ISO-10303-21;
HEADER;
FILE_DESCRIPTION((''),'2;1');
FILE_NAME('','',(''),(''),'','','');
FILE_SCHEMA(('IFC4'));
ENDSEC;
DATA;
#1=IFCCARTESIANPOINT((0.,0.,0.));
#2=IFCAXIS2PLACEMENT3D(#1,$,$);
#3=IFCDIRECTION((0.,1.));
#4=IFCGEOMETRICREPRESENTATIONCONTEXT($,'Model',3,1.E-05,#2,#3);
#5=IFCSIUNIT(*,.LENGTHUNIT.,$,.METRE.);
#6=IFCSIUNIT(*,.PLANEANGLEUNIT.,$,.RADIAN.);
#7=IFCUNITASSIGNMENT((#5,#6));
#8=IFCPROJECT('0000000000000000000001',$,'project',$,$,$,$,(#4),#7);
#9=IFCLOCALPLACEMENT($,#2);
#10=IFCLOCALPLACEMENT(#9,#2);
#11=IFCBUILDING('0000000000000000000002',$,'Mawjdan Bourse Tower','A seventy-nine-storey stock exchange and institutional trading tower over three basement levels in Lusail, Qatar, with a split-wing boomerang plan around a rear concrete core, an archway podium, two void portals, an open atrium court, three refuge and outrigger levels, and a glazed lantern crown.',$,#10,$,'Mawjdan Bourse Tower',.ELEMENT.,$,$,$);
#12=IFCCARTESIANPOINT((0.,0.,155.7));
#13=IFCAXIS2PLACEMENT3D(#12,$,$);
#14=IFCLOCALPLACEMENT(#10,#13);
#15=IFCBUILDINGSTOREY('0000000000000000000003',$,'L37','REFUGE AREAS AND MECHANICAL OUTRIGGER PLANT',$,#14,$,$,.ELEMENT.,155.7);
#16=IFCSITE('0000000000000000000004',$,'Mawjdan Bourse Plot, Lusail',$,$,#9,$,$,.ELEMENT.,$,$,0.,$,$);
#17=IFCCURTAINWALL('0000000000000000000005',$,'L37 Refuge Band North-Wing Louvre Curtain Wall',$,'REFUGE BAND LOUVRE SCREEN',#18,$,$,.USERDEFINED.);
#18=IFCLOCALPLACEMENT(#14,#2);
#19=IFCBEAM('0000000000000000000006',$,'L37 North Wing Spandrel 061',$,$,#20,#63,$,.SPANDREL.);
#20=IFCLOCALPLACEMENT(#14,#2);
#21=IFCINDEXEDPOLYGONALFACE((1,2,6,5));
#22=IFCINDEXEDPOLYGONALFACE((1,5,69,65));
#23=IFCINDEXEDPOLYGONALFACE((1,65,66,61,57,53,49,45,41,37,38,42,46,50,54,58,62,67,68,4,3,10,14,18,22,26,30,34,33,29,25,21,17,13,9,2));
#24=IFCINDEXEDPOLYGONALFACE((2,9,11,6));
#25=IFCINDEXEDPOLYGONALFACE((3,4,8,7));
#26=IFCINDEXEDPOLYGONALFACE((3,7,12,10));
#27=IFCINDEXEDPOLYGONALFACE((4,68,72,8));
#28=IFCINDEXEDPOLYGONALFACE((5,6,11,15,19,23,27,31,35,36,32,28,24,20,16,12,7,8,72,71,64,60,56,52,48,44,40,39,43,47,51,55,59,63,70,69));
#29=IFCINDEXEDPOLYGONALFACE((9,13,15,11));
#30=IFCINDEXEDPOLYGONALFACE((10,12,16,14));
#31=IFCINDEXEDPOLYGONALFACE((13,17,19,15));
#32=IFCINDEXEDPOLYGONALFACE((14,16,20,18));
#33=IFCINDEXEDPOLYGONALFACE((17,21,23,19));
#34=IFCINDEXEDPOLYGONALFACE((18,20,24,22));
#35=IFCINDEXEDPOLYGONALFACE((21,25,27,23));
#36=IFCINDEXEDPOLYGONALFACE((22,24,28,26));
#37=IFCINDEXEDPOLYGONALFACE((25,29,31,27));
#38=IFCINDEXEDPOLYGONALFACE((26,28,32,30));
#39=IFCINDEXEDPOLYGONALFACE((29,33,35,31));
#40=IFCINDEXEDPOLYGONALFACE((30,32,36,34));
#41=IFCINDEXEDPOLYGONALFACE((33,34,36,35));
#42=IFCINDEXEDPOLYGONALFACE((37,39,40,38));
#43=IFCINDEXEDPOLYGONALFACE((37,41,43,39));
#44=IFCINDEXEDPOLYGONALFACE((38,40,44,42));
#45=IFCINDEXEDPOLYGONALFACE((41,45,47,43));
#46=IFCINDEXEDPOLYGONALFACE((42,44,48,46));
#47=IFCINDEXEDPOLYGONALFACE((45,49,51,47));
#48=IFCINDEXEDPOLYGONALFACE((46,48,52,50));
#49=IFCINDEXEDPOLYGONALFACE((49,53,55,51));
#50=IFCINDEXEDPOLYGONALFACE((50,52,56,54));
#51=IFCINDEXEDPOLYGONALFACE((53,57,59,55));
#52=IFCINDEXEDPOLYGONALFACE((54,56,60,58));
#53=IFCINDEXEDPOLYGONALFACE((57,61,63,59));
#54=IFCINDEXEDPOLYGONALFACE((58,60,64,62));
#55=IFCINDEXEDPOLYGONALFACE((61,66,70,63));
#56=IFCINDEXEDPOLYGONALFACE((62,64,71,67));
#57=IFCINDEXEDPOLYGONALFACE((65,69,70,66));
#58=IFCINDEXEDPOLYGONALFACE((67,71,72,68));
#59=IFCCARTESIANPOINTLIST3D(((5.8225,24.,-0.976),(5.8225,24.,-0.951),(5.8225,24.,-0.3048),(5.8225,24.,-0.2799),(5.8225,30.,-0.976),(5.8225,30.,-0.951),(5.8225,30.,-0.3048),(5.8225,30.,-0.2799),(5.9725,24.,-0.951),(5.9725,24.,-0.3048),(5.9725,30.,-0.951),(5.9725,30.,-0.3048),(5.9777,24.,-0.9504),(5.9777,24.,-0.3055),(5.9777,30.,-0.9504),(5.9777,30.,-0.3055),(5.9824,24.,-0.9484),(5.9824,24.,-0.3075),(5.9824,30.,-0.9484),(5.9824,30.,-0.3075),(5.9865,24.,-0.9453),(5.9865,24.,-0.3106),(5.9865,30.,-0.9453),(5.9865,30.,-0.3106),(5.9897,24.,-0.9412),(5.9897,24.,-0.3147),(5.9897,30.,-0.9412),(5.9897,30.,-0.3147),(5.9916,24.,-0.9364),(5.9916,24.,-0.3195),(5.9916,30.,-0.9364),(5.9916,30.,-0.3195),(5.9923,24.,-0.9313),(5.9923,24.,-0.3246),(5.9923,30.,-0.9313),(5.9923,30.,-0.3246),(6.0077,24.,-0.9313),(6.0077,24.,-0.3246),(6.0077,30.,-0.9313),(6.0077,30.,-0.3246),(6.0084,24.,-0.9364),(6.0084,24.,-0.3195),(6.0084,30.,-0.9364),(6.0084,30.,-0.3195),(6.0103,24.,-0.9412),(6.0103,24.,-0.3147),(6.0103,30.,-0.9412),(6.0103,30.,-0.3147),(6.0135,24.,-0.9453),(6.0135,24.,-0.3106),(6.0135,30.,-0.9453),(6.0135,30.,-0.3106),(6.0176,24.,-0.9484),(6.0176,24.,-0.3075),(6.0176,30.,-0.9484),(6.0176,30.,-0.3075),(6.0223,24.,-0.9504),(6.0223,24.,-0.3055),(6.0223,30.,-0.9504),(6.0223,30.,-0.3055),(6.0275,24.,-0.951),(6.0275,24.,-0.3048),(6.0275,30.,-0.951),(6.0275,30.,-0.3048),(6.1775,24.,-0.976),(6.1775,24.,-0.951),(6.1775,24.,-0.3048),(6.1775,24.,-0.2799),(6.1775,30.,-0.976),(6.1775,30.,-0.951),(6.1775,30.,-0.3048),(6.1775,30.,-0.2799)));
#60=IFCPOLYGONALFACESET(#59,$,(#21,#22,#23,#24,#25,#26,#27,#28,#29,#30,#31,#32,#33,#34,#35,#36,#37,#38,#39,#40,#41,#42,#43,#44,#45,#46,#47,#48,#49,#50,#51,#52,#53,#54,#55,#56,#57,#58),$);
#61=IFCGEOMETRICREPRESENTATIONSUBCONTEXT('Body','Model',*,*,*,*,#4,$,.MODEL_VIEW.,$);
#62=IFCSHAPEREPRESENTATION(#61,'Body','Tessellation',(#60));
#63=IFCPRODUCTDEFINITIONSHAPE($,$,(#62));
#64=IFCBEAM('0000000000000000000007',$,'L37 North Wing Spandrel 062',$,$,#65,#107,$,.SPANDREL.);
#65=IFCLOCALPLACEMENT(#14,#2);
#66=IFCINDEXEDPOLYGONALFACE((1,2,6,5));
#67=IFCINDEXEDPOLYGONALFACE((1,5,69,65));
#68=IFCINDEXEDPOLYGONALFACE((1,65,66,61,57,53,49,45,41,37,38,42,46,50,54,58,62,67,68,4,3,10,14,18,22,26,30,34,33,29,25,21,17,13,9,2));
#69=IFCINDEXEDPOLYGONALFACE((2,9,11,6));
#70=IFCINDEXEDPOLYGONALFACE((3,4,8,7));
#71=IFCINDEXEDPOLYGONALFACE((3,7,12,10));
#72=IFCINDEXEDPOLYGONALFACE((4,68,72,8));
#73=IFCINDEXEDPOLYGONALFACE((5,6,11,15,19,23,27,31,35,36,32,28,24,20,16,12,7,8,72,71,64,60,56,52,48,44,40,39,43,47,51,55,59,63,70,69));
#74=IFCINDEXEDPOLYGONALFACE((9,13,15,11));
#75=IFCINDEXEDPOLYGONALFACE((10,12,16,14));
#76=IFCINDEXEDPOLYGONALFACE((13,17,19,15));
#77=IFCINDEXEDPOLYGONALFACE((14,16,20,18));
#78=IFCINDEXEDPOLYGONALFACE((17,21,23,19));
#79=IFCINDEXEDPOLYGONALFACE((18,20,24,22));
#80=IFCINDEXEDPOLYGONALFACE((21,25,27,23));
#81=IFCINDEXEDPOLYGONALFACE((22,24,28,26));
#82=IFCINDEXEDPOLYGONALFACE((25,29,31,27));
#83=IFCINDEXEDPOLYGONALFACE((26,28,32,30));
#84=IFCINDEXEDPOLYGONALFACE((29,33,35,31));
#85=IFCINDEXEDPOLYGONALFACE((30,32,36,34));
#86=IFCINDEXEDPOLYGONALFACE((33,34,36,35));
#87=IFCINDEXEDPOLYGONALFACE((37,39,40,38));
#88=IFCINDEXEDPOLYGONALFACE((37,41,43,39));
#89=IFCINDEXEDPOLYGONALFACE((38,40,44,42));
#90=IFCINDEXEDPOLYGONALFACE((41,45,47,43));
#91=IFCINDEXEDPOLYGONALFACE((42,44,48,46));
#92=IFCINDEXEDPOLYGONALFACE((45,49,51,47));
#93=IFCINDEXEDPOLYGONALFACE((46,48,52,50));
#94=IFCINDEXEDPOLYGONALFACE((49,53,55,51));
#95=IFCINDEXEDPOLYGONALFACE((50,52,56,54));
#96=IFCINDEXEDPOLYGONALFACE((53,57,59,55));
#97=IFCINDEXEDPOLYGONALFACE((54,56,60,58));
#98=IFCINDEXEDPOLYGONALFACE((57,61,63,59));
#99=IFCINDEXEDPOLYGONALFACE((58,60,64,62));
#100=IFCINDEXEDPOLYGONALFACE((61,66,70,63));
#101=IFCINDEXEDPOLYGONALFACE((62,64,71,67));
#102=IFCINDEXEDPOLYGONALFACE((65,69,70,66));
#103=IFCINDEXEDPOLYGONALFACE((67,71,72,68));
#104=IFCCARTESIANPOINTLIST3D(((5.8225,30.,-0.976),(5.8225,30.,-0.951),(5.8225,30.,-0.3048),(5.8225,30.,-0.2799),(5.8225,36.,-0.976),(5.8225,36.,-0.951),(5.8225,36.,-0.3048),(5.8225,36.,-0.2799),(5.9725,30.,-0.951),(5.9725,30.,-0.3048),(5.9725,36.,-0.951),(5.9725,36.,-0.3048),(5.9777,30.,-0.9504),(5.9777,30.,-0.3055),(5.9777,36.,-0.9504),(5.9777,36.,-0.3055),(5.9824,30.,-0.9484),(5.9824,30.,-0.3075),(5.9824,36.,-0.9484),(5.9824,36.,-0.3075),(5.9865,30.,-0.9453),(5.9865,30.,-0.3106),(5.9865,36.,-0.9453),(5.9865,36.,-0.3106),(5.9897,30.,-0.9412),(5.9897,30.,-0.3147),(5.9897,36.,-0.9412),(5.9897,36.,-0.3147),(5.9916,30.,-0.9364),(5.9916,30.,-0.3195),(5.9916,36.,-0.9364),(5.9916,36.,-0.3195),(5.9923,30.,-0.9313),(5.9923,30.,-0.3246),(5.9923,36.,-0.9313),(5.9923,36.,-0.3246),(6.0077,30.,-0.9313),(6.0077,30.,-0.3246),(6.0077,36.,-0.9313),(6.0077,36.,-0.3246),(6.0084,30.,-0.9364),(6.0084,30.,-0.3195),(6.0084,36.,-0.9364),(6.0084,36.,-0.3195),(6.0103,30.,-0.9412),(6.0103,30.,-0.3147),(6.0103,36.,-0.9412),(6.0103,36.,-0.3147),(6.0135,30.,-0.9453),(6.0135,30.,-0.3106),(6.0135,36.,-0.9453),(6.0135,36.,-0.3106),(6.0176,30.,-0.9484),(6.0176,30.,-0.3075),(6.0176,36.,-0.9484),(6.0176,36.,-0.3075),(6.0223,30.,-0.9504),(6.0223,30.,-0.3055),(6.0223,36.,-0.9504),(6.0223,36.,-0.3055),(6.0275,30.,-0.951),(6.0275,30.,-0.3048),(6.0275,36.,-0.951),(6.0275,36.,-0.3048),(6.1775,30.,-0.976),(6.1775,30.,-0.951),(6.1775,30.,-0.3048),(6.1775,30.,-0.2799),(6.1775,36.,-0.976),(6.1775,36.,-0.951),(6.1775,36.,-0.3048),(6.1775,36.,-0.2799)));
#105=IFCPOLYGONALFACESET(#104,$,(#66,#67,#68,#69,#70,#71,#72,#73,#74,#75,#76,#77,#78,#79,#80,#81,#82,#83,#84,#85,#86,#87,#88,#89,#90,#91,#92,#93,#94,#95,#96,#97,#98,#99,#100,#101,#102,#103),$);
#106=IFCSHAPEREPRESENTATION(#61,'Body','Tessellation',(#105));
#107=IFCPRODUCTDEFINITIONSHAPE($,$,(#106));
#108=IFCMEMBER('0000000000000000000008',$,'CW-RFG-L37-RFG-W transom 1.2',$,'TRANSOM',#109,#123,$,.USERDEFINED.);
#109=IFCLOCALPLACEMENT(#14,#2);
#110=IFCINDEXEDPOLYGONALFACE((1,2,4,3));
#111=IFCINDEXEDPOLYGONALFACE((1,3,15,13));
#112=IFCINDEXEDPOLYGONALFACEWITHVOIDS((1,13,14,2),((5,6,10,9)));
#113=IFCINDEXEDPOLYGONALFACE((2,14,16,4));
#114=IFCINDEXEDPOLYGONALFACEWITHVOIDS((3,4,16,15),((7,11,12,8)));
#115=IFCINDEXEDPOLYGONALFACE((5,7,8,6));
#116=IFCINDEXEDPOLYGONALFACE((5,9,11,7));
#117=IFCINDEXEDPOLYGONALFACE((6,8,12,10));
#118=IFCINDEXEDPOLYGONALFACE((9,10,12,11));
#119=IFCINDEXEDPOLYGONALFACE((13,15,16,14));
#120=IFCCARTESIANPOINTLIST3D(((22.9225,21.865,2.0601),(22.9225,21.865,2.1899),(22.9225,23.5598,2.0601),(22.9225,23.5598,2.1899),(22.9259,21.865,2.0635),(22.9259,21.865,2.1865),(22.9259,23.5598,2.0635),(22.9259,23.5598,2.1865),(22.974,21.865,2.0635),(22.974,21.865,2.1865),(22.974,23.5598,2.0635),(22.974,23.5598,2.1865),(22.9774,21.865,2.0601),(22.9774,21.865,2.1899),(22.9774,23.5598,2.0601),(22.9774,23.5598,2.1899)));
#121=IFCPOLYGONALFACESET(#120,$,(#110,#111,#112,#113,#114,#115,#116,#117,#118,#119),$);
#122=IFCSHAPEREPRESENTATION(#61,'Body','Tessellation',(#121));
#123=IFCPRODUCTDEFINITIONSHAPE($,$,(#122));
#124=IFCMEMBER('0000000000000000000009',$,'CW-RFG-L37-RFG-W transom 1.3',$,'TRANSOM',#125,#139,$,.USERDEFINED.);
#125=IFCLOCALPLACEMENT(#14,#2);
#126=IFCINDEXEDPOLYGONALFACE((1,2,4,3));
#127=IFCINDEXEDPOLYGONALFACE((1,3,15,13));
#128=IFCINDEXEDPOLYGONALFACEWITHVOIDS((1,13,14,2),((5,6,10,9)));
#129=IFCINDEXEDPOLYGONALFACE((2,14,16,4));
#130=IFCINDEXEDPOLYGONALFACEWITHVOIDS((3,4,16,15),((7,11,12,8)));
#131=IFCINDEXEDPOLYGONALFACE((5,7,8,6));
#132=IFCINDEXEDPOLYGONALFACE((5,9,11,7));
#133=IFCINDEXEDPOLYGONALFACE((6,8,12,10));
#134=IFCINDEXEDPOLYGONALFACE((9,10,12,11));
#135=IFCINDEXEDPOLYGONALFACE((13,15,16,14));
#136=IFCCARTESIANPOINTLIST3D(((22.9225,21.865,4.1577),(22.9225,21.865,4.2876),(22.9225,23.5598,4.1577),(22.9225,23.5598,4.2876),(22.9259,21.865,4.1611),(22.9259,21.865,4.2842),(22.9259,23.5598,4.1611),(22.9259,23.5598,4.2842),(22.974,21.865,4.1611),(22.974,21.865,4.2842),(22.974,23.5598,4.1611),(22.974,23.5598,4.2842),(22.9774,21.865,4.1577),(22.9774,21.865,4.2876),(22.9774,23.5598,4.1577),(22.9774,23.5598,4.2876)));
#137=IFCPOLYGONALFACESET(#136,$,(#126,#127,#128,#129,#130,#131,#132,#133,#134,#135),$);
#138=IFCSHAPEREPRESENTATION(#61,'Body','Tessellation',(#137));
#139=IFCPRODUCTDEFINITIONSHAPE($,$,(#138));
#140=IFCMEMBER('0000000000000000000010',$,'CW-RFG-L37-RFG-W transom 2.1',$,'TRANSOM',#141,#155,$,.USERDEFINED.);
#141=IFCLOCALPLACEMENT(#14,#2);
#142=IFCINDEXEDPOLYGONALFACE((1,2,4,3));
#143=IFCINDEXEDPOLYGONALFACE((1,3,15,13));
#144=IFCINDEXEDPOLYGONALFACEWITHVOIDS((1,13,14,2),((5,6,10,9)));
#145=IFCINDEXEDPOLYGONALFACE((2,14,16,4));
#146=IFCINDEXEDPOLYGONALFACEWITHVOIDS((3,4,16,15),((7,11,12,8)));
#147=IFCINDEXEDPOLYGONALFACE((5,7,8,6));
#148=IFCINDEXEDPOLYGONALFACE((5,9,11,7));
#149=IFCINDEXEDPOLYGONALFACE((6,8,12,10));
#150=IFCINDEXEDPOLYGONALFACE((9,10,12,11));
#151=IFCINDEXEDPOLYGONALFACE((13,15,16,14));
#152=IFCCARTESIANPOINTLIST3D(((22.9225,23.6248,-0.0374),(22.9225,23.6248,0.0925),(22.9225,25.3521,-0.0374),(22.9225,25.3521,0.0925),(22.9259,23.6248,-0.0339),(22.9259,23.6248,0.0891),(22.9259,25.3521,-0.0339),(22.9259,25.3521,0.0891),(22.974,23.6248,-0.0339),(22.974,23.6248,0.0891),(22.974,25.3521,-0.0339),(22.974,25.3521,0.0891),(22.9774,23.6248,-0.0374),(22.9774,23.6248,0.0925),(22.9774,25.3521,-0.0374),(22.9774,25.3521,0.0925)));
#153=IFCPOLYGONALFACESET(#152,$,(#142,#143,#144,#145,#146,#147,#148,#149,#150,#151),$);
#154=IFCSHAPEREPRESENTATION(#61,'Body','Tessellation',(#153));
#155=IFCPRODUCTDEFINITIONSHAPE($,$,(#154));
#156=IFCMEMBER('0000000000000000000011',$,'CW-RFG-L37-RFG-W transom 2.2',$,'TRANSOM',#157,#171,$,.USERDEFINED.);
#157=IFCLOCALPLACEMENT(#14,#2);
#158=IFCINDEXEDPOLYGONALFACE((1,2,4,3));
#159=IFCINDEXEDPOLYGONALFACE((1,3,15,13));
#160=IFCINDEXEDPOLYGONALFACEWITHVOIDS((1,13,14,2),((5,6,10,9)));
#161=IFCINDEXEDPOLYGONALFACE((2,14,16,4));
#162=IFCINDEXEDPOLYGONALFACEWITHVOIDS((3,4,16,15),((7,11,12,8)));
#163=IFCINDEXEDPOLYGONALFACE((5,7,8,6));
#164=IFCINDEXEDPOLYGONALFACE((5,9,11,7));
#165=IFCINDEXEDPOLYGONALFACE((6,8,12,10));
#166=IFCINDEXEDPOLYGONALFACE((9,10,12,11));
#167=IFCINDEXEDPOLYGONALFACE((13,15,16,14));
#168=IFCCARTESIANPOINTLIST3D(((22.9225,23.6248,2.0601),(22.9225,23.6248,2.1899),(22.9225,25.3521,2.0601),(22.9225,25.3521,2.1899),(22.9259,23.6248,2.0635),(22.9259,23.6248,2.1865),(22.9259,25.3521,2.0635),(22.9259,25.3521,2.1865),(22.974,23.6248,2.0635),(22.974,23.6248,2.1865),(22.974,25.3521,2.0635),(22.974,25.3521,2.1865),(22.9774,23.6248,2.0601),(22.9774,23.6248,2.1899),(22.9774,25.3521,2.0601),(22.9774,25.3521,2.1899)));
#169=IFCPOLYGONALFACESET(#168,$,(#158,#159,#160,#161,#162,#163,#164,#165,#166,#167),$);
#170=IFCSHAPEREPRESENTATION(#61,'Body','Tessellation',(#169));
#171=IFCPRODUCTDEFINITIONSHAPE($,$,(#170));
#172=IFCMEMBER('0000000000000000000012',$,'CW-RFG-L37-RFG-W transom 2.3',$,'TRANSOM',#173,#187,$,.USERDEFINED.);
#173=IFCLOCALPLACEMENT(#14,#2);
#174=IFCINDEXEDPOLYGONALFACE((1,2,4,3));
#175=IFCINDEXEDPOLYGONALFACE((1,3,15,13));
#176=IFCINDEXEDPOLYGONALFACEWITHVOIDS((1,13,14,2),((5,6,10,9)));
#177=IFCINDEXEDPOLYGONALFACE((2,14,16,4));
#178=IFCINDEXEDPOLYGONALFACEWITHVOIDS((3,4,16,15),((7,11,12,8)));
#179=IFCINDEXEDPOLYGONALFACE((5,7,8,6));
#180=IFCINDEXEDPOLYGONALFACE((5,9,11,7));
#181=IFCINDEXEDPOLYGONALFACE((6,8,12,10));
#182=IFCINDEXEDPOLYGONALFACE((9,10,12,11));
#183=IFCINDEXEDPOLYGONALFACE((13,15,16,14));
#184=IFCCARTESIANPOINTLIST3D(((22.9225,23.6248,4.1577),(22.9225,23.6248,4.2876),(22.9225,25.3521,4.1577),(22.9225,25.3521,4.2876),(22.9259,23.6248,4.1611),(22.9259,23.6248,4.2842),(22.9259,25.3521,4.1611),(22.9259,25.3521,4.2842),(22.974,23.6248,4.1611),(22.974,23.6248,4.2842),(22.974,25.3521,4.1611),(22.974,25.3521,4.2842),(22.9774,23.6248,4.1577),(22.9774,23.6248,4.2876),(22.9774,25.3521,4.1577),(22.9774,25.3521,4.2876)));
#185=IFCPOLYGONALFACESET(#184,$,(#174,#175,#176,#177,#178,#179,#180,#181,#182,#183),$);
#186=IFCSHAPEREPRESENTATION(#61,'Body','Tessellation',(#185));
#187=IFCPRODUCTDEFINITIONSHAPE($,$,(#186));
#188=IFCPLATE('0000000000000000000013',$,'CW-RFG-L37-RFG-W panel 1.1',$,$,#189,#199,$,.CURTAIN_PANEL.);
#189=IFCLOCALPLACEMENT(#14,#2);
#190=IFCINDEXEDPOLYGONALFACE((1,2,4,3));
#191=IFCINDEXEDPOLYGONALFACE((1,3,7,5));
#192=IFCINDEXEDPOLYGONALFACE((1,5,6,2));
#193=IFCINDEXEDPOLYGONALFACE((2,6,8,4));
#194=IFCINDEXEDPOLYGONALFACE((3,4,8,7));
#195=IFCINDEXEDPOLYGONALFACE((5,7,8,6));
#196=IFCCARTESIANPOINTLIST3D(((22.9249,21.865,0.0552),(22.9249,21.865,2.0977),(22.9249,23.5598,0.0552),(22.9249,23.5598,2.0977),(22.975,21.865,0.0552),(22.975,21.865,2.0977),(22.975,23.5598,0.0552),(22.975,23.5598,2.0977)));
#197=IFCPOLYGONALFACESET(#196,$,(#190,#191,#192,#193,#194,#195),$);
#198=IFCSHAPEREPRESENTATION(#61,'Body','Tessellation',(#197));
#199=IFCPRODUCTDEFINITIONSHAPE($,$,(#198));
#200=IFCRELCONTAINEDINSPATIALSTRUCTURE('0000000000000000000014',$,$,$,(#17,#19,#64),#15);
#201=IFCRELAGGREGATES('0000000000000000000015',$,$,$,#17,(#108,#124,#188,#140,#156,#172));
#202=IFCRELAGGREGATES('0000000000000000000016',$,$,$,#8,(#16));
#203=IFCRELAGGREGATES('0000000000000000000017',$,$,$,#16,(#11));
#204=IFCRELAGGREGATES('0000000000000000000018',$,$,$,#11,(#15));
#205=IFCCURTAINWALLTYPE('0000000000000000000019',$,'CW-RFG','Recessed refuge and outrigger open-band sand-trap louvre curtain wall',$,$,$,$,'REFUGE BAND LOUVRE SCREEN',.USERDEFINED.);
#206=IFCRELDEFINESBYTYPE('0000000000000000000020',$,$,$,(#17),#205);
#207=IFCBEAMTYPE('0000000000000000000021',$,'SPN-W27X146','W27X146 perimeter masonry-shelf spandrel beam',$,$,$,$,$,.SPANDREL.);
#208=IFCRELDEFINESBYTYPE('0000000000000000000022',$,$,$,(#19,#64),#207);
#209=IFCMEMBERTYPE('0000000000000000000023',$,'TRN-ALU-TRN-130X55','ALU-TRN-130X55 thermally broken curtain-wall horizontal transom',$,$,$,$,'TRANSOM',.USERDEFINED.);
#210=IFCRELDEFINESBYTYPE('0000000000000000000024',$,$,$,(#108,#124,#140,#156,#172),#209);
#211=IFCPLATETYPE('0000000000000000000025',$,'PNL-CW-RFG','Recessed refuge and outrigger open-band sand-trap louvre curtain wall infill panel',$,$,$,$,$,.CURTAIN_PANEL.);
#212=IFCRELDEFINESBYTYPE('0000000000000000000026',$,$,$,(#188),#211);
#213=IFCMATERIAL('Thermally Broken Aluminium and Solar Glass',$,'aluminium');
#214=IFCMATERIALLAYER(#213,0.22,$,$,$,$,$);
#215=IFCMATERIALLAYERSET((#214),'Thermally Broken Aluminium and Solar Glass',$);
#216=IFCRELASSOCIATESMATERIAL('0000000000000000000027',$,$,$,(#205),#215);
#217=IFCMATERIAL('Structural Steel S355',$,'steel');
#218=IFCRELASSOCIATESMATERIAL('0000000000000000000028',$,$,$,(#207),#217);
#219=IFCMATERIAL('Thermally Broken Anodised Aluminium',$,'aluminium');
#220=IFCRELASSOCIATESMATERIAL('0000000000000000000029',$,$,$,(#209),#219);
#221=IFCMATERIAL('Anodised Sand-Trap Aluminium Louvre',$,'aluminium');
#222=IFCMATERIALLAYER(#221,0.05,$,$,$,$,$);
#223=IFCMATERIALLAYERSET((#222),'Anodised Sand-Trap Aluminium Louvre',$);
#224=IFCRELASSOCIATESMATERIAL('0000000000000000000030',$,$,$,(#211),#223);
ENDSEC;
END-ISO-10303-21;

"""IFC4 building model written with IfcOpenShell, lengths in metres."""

from ifc_helpers import new_model, si_unit, direction, frame, origin, origin_2d, place, context, subcontext, project, spatial, rectangle, hollow_rectangle, i_section, extrude, material, layer, layer_set, material_profile, profile_set, type_object, element, aggregate, save


model = new_model("IFC4")

# Units and contexts
model_context = context("Model", 3, precision=1e-05, world=origin(), true_north=direction((0.0, 1.0)))
body_context = subcontext(model_context, "Body", "Model", "MODEL_VIEW")
ifc_project = project(units=[si_unit("LENGTHUNIT", "METRE"), si_unit("PLANEANGLEUNIT", "RADIAN")], contexts=[model_context])

# Site, building, storey
site_placement = place(None, origin())
site = spatial("IfcSite", under=ifc_project, at=site_placement, Name="Mawjdan Bourse Plot, Lusail", CompositionType="ELEMENT", RefElevation=0.0)
building_placement = place(site_placement, origin())
building = spatial("IfcBuilding", under=site, at=building_placement, Name="Mawjdan Bourse Tower", Description="A seventy-nine-storey stock exchange and institutional trading tower over three basement levels in Lusail, Qatar, with a split-wing boomerang plan around a rear concrete core, an archway podium, two void portals, an open atrium court, three refuge and outrigger levels, and a glazed lantern crown.", LongName="Mawjdan Bourse Tower", CompositionType="ELEMENT")
storey_placement = place(building_placement, frame((0.0, 0.0, 155.7)))
storey = spatial("IfcBuildingStorey", under=building, at=storey_placement, Name="L37", Description="REFUGE AREAS AND MECHANICAL OUTRIGGER PLANT", CompositionType="ELEMENT", Elevation=155.7)

# Shared definitions
ifc_material_1 = material(Name="Structural Steel S355", Category="steel")

# Curtain wall
ifc_material_2 = material(Name="Thermally Broken Aluminium and Solar Glass", Category="aluminium")
ifc_layer_1 = layer(ifc_material_2, 0.22)
ifc_layer_set_1 = layer_set([ifc_layer_1], Name="Thermally Broken Aluminium and Solar Glass")
curtain_wall_type = type_object("IfcCurtainWallType", Name="CW-RFG", Description="Recessed refuge and outrigger open-band sand-trap louvre curtain wall", ElementType="REFUGE BAND LOUVRE SCREEN", PredefinedType="USERDEFINED", material=ifc_layer_set_1)
curtain_wall_placement = place(storey_placement, origin())
curtain_wall = element("IfcCurtainWall", 1, at=curtain_wall_placement, inside=storey, type_object=curtain_wall_type, Name="L37 Refuge Band North-Wing Louvre Curtain Wall", ObjectType="REFUGE BAND LOUVRE SCREEN", PredefinedType="USERDEFINED")
ifc_material_3 = material(Name="Thermally Broken Anodised Aluminium", Category="aluminium")

# Beams
ifc_material_profile_1 = material_profile(ifc_material_1, i_section(OverallWidth=0.355, OverallDepth=0.696, WebThickness=0.0154, FlangeThickness=0.0249, FilletRadius=0.0198, at=origin_2d()), Name="W27X146")
ifc_profile_set_1 = profile_set([ifc_material_profile_1], Name="Structural Steel S355")
beam_type_1 = type_object("IfcBeamType", Name="SPN-W27X146", Description="W27X146 perimeter masonry-shelf spandrel beam", PredefinedType="SPANDREL", material=ifc_profile_set_1)
for number, where, z_axis, x_axis, name in (
    (2, (6.0, 24.0, -0.6279), (0.0, 1.0, 0.0), (-1.0, 0.0, 0.0), "L37 North Wing Spandrel 061"),
    (3, (6.0, 30.0, -0.6279), (0.0, 1.0, 0.0), (-1.0, 0.0, 0.0), "L37 North Wing Spandrel 062"),
):
    element("IfcBeam", number, at=place(storey_placement, frame(where, z_axis=z_axis, x_axis=x_axis)), inside=storey, type_object=beam_type_1, Name=name, PredefinedType="SPANDREL", context=body_context, shape_type="SweptSolid", body=[
        extrude(i_section(OverallWidth=0.355, OverallDepth=0.696, WebThickness=0.0154, FlangeThickness=0.0249, FilletRadius=0.0198, at=origin_2d()), origin(), (0.0, 0.0, 1.0), 6.0),
    ])

# Members
ifc_material_profile_2 = material_profile(ifc_material_3, hollow_rectangle(XDim=0.0549, YDim=0.1299, WallThickness=0.0034, at=origin_2d()), Name="ALU-TRN-130X55")
ifc_profile_set_2 = profile_set([ifc_material_profile_2], Name="Thermally Broken Anodised Aluminium")
member_type_1 = type_object("IfcMemberType", Name="TRN-ALU-TRN-130X55", Description="ALU-TRN-130X55 thermally broken curtain-wall horizontal transom", ElementType="TRANSOM", PredefinedType="USERDEFINED", material=ifc_profile_set_2)
member_1_placement = place(storey_placement, frame((22.95, 21.865, 2.125), z_axis=(0.0, 1.0, 0.0), x_axis=(-1.0, 0.0, 0.0)))
member_1 = element("IfcMember", 4, at=member_1_placement, type_object=member_type_1, Name="CW-RFG-L37-RFG-W transom 1.2", ObjectType="TRANSOM", PredefinedType="USERDEFINED", context=body_context, shape_type="SweptSolid", body=[
    extrude(hollow_rectangle(XDim=0.0549, YDim=0.1299, WallThickness=0.0034, at=origin_2d()), origin(), (0.0, 0.0, 1.0), 1.6948),
])
member_2_placement = place(storey_placement, frame((22.95, 21.865, 4.2227), z_axis=(0.0, 1.0, 0.0), x_axis=(-1.0, 0.0, 0.0)))
member_2 = element("IfcMember", 5, at=member_2_placement, type_object=member_type_1, Name="CW-RFG-L37-RFG-W transom 1.3", ObjectType="TRANSOM", PredefinedType="USERDEFINED", context=body_context, shape_type="SweptSolid", body=[
    extrude(hollow_rectangle(XDim=0.0549, YDim=0.1299, WallThickness=0.0034, at=origin_2d()), origin(), (0.0, 0.0, 1.0), 1.6948),
])
member_3_placement = place(storey_placement, frame((22.95, 23.6248, 0.0276), z_axis=(0.0, 1.0, 0.0), x_axis=(-1.0, 0.0, 0.0)))
member_3 = element("IfcMember", 6, at=member_3_placement, type_object=member_type_1, Name="CW-RFG-L37-RFG-W transom 2.1", ObjectType="TRANSOM", PredefinedType="USERDEFINED", context=body_context, shape_type="SweptSolid", body=[
    extrude(hollow_rectangle(XDim=0.0549, YDim=0.1299, WallThickness=0.0034, at=origin_2d()), origin(), (0.0, 0.0, 1.0), 1.7273),
])
member_4_placement = place(storey_placement, frame((22.95, 23.6248, 2.125), z_axis=(0.0, 1.0, 0.0), x_axis=(-1.0, 0.0, 0.0)))
member_4 = element("IfcMember", 7, at=member_4_placement, type_object=member_type_1, Name="CW-RFG-L37-RFG-W transom 2.2", ObjectType="TRANSOM", PredefinedType="USERDEFINED", context=body_context, shape_type="SweptSolid", body=[
    extrude(hollow_rectangle(XDim=0.0549, YDim=0.1299, WallThickness=0.0034, at=origin_2d()), origin(), (0.0, 0.0, 1.0), 1.7273),
])
member_5_placement = place(storey_placement, frame((22.95, 23.6248, 4.2227), z_axis=(0.0, 1.0, 0.0), x_axis=(-1.0, 0.0, 0.0)))
member_5 = element("IfcMember", 8, at=member_5_placement, type_object=member_type_1, Name="CW-RFG-L37-RFG-W transom 2.3", ObjectType="TRANSOM", PredefinedType="USERDEFINED", context=body_context, shape_type="SweptSolid", body=[
    extrude(hollow_rectangle(XDim=0.0549, YDim=0.1299, WallThickness=0.0034, at=origin_2d()), origin(), (0.0, 0.0, 1.0), 1.7273),
])

# Plate
ifc_material_4 = material(Name="Anodised Sand-Trap Aluminium Louvre", Category="aluminium")
ifc_layer_2 = layer(ifc_material_4, 0.05)
ifc_layer_set_2 = layer_set([ifc_layer_2], Name="Anodised Sand-Trap Aluminium Louvre")
plate_type = type_object("IfcPlateType", Name="PNL-CW-RFG", Description="Recessed refuge and outrigger open-band sand-trap louvre curtain wall infill panel", PredefinedType="CURTAIN_PANEL", material=ifc_layer_set_2)
plate_1_placement = place(storey_placement, frame((22.95, 22.7124, 0.0552), z_axis=(0.0, 0.0, 1.0), x_axis=(0.0, 1.0, 0.0)))
plate_1 = element("IfcPlate", 9, at=plate_1_placement, type_object=plate_type, Name="CW-RFG-L37-RFG-W panel 1.1", PredefinedType="CURTAIN_PANEL", context=body_context, shape_type="SweptSolid", body=[
    extrude(rectangle(XDim=1.6948, YDim=0.05, at=origin_2d()), origin(), (0.0, 0.0, 1.0), 2.0425),
])
aggregate(curtain_wall, [member_1, member_2, plate_1, member_3, member_4, member_5])

save(model, "model.ifc")
